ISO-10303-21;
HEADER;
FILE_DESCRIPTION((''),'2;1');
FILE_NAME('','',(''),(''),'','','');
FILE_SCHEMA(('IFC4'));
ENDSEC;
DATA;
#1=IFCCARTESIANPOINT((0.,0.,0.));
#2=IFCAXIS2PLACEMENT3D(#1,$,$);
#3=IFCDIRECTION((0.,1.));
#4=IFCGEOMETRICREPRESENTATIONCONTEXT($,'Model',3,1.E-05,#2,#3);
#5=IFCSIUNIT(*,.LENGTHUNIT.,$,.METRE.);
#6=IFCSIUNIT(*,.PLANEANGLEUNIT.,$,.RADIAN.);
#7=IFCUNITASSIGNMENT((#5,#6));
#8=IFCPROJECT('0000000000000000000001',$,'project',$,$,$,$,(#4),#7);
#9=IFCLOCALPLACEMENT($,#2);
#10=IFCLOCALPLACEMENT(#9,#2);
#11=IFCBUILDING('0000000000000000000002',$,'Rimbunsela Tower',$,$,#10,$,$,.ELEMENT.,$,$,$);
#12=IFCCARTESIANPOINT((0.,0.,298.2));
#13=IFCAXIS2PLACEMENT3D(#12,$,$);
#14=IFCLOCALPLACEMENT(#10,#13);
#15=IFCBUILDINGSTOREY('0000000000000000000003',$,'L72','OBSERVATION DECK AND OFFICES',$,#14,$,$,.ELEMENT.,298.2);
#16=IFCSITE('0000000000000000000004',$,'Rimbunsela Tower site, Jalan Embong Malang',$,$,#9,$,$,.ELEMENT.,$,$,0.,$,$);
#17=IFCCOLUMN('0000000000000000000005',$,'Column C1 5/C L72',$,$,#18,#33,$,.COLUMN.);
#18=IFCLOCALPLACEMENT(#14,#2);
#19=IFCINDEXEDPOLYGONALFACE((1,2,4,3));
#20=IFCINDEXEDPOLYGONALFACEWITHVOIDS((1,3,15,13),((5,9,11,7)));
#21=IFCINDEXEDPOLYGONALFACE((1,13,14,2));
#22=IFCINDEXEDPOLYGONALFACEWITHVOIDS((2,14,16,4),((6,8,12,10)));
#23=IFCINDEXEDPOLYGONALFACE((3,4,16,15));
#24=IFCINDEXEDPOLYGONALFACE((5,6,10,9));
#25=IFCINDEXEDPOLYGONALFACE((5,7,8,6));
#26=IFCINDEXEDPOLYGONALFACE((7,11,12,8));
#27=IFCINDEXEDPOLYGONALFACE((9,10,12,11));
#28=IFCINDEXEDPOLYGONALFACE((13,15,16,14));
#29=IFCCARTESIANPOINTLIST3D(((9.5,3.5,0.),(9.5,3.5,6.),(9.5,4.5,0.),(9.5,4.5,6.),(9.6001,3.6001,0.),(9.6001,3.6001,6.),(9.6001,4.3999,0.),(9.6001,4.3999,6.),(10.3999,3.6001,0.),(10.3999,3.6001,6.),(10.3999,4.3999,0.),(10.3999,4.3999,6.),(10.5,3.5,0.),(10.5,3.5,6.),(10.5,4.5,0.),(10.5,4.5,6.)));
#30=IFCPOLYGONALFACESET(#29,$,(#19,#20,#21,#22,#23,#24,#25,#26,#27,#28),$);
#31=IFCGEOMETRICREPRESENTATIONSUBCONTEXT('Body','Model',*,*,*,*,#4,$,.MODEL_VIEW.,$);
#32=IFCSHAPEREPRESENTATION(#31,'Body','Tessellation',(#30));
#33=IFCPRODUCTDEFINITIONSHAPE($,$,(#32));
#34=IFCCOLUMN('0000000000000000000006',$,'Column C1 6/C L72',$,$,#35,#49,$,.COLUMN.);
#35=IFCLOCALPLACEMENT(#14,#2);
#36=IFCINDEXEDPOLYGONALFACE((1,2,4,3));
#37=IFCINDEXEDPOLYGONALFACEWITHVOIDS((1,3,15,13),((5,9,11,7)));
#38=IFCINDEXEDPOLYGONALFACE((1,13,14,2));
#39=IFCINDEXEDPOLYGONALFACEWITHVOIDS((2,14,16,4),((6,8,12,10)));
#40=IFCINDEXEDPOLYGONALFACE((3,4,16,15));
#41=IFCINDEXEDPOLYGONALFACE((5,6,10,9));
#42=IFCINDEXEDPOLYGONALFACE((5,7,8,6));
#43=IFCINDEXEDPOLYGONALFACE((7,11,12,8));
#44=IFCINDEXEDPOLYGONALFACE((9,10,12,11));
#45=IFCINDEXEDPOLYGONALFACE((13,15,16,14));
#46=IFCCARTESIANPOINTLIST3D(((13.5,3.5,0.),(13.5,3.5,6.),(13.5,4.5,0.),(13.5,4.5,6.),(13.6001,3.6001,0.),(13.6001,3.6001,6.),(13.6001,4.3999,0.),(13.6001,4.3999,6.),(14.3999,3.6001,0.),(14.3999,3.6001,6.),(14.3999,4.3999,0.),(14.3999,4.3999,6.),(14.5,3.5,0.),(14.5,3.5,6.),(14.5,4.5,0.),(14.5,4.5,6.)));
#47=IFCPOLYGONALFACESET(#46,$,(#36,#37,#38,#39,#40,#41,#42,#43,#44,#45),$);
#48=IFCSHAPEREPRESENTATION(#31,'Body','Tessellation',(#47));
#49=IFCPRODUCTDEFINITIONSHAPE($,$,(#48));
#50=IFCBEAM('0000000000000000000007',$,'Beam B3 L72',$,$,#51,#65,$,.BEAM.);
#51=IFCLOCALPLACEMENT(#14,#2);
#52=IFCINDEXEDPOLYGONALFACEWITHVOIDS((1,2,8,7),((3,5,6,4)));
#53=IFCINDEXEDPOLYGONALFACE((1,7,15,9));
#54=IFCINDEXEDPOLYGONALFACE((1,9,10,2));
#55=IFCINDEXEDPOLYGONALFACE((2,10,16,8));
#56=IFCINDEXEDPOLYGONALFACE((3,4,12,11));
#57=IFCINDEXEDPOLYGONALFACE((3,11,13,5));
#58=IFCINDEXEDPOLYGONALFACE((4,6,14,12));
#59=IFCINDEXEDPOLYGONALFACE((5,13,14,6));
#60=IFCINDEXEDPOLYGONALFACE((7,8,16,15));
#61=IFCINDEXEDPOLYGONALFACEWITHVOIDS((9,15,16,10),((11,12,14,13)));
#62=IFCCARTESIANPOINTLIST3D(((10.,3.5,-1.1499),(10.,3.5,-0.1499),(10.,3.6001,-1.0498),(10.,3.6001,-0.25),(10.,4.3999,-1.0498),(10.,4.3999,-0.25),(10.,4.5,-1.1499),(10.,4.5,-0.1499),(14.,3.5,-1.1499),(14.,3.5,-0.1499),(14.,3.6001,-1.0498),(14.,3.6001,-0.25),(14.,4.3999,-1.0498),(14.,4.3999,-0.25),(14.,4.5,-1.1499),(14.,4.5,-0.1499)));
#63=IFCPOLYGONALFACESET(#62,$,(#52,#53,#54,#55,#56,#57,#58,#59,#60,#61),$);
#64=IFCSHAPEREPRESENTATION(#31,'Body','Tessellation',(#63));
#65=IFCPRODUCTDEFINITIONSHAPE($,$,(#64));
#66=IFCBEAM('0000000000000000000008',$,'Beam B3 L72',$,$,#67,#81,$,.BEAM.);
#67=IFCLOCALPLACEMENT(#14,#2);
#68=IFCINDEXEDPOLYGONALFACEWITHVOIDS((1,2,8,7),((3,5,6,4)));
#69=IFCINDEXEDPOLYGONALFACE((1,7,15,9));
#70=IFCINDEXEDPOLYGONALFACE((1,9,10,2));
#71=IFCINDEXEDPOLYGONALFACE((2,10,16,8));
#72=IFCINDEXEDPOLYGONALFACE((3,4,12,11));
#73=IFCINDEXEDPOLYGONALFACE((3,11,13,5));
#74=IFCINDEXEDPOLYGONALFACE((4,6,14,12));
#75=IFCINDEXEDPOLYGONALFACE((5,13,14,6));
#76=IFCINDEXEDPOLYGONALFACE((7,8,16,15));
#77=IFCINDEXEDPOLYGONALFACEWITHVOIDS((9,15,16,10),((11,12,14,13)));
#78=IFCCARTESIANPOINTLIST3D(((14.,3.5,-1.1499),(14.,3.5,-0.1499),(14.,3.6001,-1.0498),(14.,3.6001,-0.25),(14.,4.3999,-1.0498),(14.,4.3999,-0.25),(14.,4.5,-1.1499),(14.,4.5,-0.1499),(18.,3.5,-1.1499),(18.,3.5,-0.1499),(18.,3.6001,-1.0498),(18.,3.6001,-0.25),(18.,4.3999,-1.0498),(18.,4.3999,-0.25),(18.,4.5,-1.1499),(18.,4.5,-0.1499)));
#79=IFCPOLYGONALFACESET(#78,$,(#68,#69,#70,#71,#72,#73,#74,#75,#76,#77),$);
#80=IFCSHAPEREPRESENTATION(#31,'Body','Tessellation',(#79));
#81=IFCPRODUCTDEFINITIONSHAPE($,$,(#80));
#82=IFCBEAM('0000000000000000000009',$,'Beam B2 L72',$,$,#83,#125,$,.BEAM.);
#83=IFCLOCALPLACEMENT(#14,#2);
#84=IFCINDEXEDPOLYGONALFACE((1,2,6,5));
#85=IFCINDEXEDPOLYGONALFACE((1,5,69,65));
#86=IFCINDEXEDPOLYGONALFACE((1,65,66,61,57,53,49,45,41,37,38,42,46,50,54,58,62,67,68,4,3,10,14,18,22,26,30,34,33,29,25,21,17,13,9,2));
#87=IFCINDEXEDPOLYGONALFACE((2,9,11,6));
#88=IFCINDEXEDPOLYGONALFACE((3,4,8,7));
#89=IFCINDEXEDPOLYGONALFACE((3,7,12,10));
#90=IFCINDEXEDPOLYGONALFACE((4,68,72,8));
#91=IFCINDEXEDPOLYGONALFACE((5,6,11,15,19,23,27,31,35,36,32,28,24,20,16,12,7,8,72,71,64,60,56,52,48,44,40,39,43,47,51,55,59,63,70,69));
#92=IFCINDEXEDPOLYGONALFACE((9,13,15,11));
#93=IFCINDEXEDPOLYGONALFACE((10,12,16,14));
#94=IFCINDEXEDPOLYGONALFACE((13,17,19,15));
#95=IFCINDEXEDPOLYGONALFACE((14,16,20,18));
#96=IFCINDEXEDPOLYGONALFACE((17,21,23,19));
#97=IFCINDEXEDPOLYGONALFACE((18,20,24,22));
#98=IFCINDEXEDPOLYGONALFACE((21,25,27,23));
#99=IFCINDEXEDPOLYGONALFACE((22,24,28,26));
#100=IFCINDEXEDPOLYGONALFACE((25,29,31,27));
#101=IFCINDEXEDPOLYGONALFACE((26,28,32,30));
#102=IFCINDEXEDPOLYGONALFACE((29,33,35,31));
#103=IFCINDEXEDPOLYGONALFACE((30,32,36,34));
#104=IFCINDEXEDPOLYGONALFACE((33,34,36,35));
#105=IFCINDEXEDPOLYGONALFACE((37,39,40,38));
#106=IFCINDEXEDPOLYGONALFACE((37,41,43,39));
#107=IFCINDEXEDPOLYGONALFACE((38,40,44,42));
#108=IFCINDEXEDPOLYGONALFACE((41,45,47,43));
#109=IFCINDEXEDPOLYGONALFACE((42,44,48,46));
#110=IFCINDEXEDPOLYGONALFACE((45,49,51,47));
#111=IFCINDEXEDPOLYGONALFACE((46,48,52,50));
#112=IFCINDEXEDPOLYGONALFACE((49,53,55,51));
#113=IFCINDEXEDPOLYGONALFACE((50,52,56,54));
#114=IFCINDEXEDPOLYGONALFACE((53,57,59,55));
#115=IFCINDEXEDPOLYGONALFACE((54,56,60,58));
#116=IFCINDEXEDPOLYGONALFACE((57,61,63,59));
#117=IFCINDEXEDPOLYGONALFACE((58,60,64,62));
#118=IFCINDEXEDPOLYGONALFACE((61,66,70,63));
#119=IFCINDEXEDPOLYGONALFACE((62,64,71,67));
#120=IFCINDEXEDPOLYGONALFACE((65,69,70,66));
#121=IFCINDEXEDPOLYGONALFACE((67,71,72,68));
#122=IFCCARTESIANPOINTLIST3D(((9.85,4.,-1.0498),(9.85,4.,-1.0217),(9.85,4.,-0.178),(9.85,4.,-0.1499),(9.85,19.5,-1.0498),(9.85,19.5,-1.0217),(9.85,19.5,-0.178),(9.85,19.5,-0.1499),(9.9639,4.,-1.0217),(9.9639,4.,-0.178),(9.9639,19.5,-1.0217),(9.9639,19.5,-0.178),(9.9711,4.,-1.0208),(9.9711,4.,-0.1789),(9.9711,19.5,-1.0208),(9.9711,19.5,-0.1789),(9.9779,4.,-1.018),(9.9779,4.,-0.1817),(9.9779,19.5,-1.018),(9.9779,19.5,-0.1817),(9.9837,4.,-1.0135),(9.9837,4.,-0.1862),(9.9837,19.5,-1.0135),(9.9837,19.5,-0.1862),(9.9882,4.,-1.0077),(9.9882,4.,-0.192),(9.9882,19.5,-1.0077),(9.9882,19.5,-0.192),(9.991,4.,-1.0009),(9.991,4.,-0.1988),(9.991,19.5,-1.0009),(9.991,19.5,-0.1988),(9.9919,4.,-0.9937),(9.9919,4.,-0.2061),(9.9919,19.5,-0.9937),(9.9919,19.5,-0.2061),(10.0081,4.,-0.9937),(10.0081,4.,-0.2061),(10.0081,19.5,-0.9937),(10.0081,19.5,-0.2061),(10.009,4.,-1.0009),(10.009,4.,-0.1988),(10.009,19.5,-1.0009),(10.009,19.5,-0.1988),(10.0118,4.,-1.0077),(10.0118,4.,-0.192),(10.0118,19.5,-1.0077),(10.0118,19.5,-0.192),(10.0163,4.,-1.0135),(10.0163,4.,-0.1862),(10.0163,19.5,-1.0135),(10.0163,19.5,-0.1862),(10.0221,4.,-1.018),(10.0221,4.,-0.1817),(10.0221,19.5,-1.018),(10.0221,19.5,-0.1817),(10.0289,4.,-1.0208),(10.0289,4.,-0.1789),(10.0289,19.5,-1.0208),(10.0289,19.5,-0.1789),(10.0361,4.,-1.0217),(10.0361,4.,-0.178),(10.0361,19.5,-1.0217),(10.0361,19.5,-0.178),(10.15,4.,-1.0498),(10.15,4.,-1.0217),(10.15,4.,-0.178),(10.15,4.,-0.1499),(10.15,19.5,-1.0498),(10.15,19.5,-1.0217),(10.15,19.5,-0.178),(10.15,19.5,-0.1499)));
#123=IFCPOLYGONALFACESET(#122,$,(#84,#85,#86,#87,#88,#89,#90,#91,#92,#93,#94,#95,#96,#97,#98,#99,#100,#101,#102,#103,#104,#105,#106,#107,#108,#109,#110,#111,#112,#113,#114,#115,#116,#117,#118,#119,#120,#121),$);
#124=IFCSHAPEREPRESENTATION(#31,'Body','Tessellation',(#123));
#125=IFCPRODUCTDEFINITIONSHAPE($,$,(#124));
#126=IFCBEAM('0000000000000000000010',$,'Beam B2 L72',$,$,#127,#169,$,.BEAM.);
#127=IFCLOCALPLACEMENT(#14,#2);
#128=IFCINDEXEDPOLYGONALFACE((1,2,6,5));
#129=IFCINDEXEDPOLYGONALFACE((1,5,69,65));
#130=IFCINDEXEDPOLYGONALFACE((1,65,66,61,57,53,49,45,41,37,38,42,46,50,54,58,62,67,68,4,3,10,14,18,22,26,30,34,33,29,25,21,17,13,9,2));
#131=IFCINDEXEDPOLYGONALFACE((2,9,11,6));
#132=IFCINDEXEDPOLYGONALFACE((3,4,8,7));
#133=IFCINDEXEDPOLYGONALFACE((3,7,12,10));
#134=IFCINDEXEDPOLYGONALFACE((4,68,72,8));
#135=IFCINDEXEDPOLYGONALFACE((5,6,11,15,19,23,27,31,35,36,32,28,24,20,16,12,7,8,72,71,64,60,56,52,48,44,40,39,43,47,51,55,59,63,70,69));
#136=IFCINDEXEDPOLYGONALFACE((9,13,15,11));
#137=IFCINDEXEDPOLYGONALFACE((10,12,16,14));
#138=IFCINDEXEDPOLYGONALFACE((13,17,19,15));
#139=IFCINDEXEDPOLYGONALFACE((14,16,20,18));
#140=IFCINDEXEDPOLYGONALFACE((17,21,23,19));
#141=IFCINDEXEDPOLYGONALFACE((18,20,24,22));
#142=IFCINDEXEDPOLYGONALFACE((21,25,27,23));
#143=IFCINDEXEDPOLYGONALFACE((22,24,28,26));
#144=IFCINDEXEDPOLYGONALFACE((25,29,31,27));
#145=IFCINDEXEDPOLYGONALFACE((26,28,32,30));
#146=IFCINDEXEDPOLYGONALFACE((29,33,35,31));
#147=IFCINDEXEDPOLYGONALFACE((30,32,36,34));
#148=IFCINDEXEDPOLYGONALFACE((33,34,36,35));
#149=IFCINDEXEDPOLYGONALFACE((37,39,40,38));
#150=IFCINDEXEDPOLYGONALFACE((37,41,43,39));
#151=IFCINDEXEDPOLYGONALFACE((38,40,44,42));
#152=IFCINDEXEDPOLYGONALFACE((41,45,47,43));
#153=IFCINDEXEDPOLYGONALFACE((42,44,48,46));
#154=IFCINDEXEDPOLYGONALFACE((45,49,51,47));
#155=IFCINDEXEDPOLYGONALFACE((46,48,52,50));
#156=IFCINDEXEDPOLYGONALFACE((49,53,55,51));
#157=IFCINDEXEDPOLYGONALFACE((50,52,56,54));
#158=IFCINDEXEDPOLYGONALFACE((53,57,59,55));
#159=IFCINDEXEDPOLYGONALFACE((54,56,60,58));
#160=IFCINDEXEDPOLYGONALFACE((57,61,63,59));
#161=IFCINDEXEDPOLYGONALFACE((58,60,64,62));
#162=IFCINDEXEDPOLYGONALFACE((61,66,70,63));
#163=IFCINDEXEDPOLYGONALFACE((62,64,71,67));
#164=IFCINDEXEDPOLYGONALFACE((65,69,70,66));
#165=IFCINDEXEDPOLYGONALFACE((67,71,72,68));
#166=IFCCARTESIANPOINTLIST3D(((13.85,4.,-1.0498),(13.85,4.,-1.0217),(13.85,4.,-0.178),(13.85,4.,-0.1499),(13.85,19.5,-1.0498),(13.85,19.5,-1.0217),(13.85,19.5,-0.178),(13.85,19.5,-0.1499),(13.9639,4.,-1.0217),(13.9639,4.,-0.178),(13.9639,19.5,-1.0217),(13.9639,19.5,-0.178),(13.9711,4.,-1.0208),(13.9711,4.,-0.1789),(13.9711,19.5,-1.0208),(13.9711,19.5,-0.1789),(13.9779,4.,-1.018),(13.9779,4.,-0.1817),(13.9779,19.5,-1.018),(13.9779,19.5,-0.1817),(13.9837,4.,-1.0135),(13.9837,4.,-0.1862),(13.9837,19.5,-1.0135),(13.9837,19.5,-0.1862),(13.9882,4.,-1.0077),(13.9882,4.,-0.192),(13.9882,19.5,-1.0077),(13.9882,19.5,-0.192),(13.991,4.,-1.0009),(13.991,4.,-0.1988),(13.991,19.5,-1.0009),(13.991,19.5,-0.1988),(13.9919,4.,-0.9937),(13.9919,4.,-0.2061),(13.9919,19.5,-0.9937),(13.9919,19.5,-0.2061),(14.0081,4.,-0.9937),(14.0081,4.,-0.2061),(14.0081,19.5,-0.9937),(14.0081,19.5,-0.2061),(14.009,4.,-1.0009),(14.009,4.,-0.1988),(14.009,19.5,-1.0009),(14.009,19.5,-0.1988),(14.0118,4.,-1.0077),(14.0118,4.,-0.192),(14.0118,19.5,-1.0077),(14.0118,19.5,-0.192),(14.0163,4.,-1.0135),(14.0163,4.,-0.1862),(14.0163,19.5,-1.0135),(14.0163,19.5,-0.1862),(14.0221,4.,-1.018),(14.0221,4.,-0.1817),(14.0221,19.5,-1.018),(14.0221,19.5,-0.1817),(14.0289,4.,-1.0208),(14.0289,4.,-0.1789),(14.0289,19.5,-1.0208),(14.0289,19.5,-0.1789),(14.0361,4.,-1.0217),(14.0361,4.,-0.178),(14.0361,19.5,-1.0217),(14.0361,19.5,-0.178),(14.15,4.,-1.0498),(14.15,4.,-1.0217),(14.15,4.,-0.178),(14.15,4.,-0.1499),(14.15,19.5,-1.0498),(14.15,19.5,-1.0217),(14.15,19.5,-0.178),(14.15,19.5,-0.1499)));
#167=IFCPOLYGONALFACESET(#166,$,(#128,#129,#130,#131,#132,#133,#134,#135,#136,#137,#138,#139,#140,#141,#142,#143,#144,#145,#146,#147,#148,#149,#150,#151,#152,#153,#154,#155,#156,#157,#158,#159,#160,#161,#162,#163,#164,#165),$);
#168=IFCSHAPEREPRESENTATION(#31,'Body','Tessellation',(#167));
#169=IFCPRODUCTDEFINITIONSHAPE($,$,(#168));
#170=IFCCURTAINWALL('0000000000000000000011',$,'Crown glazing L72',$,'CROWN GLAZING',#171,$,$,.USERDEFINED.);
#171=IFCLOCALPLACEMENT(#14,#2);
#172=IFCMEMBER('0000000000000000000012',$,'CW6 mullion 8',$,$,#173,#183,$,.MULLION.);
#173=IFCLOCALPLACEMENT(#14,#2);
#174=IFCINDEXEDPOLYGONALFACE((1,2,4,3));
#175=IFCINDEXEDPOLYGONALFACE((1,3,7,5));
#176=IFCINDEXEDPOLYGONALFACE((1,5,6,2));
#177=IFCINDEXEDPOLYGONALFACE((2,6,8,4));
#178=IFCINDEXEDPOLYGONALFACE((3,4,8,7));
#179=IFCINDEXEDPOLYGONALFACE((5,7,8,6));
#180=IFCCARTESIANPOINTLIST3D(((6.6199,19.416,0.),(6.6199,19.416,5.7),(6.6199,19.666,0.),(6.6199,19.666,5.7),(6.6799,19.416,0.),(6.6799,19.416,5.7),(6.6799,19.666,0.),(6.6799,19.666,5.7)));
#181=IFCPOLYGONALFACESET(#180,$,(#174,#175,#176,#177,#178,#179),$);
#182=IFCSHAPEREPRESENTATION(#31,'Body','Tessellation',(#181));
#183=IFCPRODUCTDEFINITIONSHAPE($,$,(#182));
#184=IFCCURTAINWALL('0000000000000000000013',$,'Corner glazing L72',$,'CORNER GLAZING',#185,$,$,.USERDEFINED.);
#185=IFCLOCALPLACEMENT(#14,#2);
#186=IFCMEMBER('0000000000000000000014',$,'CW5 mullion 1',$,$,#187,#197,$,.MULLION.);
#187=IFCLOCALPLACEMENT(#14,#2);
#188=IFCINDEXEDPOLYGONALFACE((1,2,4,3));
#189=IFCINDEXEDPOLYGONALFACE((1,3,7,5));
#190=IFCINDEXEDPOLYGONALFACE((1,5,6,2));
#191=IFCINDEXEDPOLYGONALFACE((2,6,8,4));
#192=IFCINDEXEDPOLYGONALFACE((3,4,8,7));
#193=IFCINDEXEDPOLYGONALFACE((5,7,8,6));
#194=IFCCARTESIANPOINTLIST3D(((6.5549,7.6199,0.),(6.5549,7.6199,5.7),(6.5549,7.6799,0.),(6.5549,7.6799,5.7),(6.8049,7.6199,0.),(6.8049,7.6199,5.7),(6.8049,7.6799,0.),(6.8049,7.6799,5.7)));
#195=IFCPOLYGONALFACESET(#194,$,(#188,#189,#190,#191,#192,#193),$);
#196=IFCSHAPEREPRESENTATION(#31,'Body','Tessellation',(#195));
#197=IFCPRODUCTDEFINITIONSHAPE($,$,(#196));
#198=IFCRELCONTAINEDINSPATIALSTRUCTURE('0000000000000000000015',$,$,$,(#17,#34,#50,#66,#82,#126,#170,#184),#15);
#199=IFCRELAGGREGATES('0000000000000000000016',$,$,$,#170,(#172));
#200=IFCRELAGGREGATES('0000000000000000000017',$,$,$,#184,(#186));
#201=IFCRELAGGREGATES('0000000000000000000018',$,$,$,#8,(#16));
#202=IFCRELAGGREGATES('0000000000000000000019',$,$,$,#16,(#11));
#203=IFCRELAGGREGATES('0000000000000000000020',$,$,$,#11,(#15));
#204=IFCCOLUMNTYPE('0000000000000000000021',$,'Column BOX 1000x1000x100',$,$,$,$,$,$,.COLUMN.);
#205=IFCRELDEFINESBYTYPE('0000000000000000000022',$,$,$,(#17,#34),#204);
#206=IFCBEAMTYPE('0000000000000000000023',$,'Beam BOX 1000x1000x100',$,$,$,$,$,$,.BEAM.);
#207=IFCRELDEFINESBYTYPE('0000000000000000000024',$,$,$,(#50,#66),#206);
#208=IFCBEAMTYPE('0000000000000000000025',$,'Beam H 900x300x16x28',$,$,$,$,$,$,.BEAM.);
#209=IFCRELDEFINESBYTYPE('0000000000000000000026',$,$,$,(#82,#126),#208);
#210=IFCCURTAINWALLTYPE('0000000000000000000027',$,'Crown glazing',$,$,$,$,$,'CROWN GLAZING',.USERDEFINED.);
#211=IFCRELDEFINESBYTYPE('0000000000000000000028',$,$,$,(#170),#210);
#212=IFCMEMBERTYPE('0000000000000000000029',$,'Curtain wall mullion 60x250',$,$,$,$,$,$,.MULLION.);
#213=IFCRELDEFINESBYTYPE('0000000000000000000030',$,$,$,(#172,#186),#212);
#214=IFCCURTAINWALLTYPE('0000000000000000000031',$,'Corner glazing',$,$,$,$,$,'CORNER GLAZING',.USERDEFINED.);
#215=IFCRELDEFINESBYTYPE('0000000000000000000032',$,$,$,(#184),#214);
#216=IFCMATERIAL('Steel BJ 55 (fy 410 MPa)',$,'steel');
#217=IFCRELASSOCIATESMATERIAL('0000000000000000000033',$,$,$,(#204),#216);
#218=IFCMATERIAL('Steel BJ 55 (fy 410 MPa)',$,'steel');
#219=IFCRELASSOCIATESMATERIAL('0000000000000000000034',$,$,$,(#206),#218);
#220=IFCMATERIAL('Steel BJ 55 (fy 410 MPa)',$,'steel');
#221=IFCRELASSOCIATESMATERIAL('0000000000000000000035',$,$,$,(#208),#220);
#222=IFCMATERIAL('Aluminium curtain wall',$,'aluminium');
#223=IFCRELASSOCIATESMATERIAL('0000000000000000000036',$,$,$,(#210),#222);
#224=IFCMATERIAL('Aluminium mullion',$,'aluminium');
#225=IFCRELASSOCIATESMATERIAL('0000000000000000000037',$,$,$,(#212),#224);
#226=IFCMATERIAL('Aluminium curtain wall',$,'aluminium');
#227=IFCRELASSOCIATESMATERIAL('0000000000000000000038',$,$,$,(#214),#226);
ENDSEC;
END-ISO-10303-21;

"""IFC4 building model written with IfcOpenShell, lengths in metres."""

from ifc_helpers import new_model, si_unit, direction, frame, origin, origin_2d, place, context, subcontext, project, spatial, rectangle, hollow_rectangle, i_section, extrude, material, material_profile, profile_set, type_object, element, aggregate, save


model = new_model("IFC4")

# Units and contexts
model_context = context("Model", 3, precision=1e-05, world=origin(), true_north=direction((0.0, 1.0)))
body_context = subcontext(model_context, "Body", "Model", "MODEL_VIEW")
ifc_project = project(units=[si_unit("LENGTHUNIT", "METRE"), si_unit("PLANEANGLEUNIT", "RADIAN")], contexts=[model_context])

# Site, building, storey
site_placement = place(None, origin())
site = spatial("IfcSite", under=ifc_project, at=site_placement, Name="Rimbunsela Tower site, Jalan Embong Malang", CompositionType="ELEMENT", RefElevation=0.0)
building_placement = place(site_placement, origin())
building = spatial("IfcBuilding", under=site, at=building_placement, Name="Rimbunsela Tower", CompositionType="ELEMENT")
storey_placement = place(building_placement, frame((0.0, 0.0, 298.2)))
storey = spatial("IfcBuildingStorey", under=building, at=storey_placement, Name="L72", Description="OBSERVATION DECK AND OFFICES", CompositionType="ELEMENT", Elevation=298.2)

# Columns
ifc_material_1 = material(Name="Steel BJ 55 (fy 410 MPa)", Category="steel")
ifc_material_profile_1 = material_profile(ifc_material_1, hollow_rectangle(XDim=1.0, YDim=1.0, WallThickness=0.1001, at=origin_2d()), Name="BOX 1000x1000x100")
ifc_profile_set_1 = profile_set([ifc_material_profile_1], Name="Steel BJ 55 (fy 410 MPa)")
column_type = type_object("IfcColumnType", Name="Column BOX 1000x1000x100", PredefinedType="COLUMN", material=ifc_profile_set_1)
for number, where, z_axis, x_axis, name in (
    (1, (10.0, 4.0, 0.0), (0.0, 0.0, 1.0), (1.0, 0.0, 0.0), "Column C1 5/C L72"),
    (2, (14.0, 4.0, 0.0), (0.0, 0.0, 1.0), (1.0, 0.0, 0.0), "Column C1 6/C L72"),
):
    element("IfcColumn", number, at=place(storey_placement, frame(where, z_axis=z_axis, x_axis=x_axis)), inside=storey, type_object=column_type, Name=name, PredefinedType="COLUMN", context=body_context, shape_type="SweptSolid", body=[
        extrude(hollow_rectangle(XDim=1.0, YDim=1.0, WallThickness=0.1001, at=origin_2d()), origin(), (0.0, 0.0, 1.0), 6.0),
    ])

# Beams
ifc_material_2 = material(Name="Steel BJ 55 (fy 410 MPa)", Category="steel")
ifc_material_profile_2 = material_profile(ifc_material_2, hollow_rectangle(XDim=1.0, YDim=1.0, WallThickness=0.1001, at=origin_2d()), Name="BOX 1000x1000x100")
ifc_profile_set_2 = profile_set([ifc_material_profile_2], Name="Steel BJ 55 (fy 410 MPa)")
beam_type_1 = type_object("IfcBeamType", Name="Beam BOX 1000x1000x100", PredefinedType="BEAM", material=ifc_profile_set_2)
for number, where, z_axis, x_axis, name in (
    (3, (10.0, 4.0, -0.6499), (1.0, 0.0, 0.0), (0.0, 1.0, 0.0), "Beam B3 L72"),
    (4, (14.0, 4.0, -0.6499), (1.0, 0.0, 0.0), (0.0, 1.0, 0.0), "Beam B3 L72"),
):
    element("IfcBeam", number, at=place(storey_placement, frame(where, z_axis=z_axis, x_axis=x_axis)), inside=storey, type_object=beam_type_1, Name=name, PredefinedType="BEAM", context=body_context, shape_type="SweptSolid", body=[
        extrude(hollow_rectangle(XDim=1.0, YDim=1.0, WallThickness=0.1001, at=origin_2d()), origin(), (0.0, 0.0, 1.0), 4.0),
    ])
ifc_material_3 = material(Name="Steel BJ 55 (fy 410 MPa)", Category="steel")
ifc_material_profile_3 = material_profile(ifc_material_3, i_section(OverallWidth=0.3, OverallDepth=0.8999, WebThickness=0.0161, FlangeThickness=0.0281, FilletRadius=0.0281, at=origin_2d()), Name="H 900x300x16x28")
ifc_profile_set_3 = profile_set([ifc_material_profile_3], Name="Steel BJ 55 (fy 410 MPa)")
beam_type_2 = type_object("IfcBeamType", Name="Beam H 900x300x16x28", PredefinedType="BEAM", material=ifc_profile_set_3)
for number, where, z_axis, x_axis, name in (
    (5, (10.0, 4.0, -0.5999), (0.0, 1.0, 0.0), (-1.0, 0.0, 0.0), "Beam B2 L72"),
    (6, (14.0, 4.0, -0.5999), (0.0, 1.0, 0.0), (-1.0, 0.0, 0.0), "Beam B2 L72"),
):
    element("IfcBeam", number, at=place(storey_placement, frame(where, z_axis=z_axis, x_axis=x_axis)), inside=storey, type_object=beam_type_2, Name=name, PredefinedType="BEAM", context=body_context, shape_type="SweptSolid", body=[
        extrude(i_section(OverallWidth=0.3, OverallDepth=0.8999, WebThickness=0.0161, FlangeThickness=0.0281, FilletRadius=0.0281, at=origin_2d()), origin(), (0.0, 0.0, 1.0), 15.5),
    ])

# Curtain wall, member
ifc_material_4 = material(Name="Aluminium curtain wall", Category="aluminium")
curtain_wall_type_1 = type_object("IfcCurtainWallType", Name="Crown glazing", ElementType="CROWN GLAZING", PredefinedType="USERDEFINED", material=ifc_material_4)
curtain_wall_1_placement = place(storey_placement, origin())
curtain_wall_1 = element("IfcCurtainWall", 7, at=curtain_wall_1_placement, inside=storey, type_object=curtain_wall_type_1, Name="Crown glazing L72", ObjectType="CROWN GLAZING", PredefinedType="USERDEFINED")
ifc_material_5 = material(Name="Aluminium mullion", Category="aluminium")
ifc_material_profile_4 = material_profile(ifc_material_5, rectangle(XDim=0.0601, YDim=0.25, at=origin_2d()), Name="Mullion 60x250")
ifc_profile_set_4 = profile_set([ifc_material_profile_4], Name="Aluminium mullion")
member_type_1 = type_object("IfcMemberType", Name="Curtain wall mullion 60x250", PredefinedType="MULLION", material=ifc_profile_set_4)
member_1_placement = place(storey_placement, frame((6.6499, 19.541, 0.0), z_axis=(0.0, 0.0, 1.0), x_axis=(1.0, 0.0, 0.0)))
member_1 = element("IfcMember", 8, at=member_1_placement, type_object=member_type_1, Name="CW6 mullion 8", PredefinedType="MULLION", context=body_context, shape_type="SweptSolid", body=[
    extrude(rectangle(XDim=0.0601, YDim=0.25, at=origin_2d()), origin(), (0.0, 0.0, 1.0), 5.7),
])

# Curtain wall, member
ifc_material_6 = material(Name="Aluminium curtain wall", Category="aluminium")
curtain_wall_type_2 = type_object("IfcCurtainWallType", Name="Corner glazing", ElementType="CORNER GLAZING", PredefinedType="USERDEFINED", material=ifc_material_6)
curtain_wall_2_placement = place(storey_placement, origin())
curtain_wall_2 = element("IfcCurtainWall", 9, at=curtain_wall_2_placement, inside=storey, type_object=curtain_wall_type_2, Name="Corner glazing L72", ObjectType="CORNER GLAZING", PredefinedType="USERDEFINED")
member_2_placement = place(storey_placement, frame((6.6799, 7.6499, 0.0), z_axis=(0.0, 0.0, 1.0), x_axis=(0.0, 1.0, 0.0)))
member_2 = element("IfcMember", 10, at=member_2_placement, type_object=member_type_1, Name="CW5 mullion 1", PredefinedType="MULLION", context=body_context, shape_type="SweptSolid", body=[
    extrude(rectangle(XDim=0.0601, YDim=0.25, at=origin_2d()), origin(), (0.0, 0.0, 1.0), 5.7),
])

aggregate(curtain_wall_1, [member_1])

aggregate(curtain_wall_2, [member_2])

save(model, "model.ifc")
